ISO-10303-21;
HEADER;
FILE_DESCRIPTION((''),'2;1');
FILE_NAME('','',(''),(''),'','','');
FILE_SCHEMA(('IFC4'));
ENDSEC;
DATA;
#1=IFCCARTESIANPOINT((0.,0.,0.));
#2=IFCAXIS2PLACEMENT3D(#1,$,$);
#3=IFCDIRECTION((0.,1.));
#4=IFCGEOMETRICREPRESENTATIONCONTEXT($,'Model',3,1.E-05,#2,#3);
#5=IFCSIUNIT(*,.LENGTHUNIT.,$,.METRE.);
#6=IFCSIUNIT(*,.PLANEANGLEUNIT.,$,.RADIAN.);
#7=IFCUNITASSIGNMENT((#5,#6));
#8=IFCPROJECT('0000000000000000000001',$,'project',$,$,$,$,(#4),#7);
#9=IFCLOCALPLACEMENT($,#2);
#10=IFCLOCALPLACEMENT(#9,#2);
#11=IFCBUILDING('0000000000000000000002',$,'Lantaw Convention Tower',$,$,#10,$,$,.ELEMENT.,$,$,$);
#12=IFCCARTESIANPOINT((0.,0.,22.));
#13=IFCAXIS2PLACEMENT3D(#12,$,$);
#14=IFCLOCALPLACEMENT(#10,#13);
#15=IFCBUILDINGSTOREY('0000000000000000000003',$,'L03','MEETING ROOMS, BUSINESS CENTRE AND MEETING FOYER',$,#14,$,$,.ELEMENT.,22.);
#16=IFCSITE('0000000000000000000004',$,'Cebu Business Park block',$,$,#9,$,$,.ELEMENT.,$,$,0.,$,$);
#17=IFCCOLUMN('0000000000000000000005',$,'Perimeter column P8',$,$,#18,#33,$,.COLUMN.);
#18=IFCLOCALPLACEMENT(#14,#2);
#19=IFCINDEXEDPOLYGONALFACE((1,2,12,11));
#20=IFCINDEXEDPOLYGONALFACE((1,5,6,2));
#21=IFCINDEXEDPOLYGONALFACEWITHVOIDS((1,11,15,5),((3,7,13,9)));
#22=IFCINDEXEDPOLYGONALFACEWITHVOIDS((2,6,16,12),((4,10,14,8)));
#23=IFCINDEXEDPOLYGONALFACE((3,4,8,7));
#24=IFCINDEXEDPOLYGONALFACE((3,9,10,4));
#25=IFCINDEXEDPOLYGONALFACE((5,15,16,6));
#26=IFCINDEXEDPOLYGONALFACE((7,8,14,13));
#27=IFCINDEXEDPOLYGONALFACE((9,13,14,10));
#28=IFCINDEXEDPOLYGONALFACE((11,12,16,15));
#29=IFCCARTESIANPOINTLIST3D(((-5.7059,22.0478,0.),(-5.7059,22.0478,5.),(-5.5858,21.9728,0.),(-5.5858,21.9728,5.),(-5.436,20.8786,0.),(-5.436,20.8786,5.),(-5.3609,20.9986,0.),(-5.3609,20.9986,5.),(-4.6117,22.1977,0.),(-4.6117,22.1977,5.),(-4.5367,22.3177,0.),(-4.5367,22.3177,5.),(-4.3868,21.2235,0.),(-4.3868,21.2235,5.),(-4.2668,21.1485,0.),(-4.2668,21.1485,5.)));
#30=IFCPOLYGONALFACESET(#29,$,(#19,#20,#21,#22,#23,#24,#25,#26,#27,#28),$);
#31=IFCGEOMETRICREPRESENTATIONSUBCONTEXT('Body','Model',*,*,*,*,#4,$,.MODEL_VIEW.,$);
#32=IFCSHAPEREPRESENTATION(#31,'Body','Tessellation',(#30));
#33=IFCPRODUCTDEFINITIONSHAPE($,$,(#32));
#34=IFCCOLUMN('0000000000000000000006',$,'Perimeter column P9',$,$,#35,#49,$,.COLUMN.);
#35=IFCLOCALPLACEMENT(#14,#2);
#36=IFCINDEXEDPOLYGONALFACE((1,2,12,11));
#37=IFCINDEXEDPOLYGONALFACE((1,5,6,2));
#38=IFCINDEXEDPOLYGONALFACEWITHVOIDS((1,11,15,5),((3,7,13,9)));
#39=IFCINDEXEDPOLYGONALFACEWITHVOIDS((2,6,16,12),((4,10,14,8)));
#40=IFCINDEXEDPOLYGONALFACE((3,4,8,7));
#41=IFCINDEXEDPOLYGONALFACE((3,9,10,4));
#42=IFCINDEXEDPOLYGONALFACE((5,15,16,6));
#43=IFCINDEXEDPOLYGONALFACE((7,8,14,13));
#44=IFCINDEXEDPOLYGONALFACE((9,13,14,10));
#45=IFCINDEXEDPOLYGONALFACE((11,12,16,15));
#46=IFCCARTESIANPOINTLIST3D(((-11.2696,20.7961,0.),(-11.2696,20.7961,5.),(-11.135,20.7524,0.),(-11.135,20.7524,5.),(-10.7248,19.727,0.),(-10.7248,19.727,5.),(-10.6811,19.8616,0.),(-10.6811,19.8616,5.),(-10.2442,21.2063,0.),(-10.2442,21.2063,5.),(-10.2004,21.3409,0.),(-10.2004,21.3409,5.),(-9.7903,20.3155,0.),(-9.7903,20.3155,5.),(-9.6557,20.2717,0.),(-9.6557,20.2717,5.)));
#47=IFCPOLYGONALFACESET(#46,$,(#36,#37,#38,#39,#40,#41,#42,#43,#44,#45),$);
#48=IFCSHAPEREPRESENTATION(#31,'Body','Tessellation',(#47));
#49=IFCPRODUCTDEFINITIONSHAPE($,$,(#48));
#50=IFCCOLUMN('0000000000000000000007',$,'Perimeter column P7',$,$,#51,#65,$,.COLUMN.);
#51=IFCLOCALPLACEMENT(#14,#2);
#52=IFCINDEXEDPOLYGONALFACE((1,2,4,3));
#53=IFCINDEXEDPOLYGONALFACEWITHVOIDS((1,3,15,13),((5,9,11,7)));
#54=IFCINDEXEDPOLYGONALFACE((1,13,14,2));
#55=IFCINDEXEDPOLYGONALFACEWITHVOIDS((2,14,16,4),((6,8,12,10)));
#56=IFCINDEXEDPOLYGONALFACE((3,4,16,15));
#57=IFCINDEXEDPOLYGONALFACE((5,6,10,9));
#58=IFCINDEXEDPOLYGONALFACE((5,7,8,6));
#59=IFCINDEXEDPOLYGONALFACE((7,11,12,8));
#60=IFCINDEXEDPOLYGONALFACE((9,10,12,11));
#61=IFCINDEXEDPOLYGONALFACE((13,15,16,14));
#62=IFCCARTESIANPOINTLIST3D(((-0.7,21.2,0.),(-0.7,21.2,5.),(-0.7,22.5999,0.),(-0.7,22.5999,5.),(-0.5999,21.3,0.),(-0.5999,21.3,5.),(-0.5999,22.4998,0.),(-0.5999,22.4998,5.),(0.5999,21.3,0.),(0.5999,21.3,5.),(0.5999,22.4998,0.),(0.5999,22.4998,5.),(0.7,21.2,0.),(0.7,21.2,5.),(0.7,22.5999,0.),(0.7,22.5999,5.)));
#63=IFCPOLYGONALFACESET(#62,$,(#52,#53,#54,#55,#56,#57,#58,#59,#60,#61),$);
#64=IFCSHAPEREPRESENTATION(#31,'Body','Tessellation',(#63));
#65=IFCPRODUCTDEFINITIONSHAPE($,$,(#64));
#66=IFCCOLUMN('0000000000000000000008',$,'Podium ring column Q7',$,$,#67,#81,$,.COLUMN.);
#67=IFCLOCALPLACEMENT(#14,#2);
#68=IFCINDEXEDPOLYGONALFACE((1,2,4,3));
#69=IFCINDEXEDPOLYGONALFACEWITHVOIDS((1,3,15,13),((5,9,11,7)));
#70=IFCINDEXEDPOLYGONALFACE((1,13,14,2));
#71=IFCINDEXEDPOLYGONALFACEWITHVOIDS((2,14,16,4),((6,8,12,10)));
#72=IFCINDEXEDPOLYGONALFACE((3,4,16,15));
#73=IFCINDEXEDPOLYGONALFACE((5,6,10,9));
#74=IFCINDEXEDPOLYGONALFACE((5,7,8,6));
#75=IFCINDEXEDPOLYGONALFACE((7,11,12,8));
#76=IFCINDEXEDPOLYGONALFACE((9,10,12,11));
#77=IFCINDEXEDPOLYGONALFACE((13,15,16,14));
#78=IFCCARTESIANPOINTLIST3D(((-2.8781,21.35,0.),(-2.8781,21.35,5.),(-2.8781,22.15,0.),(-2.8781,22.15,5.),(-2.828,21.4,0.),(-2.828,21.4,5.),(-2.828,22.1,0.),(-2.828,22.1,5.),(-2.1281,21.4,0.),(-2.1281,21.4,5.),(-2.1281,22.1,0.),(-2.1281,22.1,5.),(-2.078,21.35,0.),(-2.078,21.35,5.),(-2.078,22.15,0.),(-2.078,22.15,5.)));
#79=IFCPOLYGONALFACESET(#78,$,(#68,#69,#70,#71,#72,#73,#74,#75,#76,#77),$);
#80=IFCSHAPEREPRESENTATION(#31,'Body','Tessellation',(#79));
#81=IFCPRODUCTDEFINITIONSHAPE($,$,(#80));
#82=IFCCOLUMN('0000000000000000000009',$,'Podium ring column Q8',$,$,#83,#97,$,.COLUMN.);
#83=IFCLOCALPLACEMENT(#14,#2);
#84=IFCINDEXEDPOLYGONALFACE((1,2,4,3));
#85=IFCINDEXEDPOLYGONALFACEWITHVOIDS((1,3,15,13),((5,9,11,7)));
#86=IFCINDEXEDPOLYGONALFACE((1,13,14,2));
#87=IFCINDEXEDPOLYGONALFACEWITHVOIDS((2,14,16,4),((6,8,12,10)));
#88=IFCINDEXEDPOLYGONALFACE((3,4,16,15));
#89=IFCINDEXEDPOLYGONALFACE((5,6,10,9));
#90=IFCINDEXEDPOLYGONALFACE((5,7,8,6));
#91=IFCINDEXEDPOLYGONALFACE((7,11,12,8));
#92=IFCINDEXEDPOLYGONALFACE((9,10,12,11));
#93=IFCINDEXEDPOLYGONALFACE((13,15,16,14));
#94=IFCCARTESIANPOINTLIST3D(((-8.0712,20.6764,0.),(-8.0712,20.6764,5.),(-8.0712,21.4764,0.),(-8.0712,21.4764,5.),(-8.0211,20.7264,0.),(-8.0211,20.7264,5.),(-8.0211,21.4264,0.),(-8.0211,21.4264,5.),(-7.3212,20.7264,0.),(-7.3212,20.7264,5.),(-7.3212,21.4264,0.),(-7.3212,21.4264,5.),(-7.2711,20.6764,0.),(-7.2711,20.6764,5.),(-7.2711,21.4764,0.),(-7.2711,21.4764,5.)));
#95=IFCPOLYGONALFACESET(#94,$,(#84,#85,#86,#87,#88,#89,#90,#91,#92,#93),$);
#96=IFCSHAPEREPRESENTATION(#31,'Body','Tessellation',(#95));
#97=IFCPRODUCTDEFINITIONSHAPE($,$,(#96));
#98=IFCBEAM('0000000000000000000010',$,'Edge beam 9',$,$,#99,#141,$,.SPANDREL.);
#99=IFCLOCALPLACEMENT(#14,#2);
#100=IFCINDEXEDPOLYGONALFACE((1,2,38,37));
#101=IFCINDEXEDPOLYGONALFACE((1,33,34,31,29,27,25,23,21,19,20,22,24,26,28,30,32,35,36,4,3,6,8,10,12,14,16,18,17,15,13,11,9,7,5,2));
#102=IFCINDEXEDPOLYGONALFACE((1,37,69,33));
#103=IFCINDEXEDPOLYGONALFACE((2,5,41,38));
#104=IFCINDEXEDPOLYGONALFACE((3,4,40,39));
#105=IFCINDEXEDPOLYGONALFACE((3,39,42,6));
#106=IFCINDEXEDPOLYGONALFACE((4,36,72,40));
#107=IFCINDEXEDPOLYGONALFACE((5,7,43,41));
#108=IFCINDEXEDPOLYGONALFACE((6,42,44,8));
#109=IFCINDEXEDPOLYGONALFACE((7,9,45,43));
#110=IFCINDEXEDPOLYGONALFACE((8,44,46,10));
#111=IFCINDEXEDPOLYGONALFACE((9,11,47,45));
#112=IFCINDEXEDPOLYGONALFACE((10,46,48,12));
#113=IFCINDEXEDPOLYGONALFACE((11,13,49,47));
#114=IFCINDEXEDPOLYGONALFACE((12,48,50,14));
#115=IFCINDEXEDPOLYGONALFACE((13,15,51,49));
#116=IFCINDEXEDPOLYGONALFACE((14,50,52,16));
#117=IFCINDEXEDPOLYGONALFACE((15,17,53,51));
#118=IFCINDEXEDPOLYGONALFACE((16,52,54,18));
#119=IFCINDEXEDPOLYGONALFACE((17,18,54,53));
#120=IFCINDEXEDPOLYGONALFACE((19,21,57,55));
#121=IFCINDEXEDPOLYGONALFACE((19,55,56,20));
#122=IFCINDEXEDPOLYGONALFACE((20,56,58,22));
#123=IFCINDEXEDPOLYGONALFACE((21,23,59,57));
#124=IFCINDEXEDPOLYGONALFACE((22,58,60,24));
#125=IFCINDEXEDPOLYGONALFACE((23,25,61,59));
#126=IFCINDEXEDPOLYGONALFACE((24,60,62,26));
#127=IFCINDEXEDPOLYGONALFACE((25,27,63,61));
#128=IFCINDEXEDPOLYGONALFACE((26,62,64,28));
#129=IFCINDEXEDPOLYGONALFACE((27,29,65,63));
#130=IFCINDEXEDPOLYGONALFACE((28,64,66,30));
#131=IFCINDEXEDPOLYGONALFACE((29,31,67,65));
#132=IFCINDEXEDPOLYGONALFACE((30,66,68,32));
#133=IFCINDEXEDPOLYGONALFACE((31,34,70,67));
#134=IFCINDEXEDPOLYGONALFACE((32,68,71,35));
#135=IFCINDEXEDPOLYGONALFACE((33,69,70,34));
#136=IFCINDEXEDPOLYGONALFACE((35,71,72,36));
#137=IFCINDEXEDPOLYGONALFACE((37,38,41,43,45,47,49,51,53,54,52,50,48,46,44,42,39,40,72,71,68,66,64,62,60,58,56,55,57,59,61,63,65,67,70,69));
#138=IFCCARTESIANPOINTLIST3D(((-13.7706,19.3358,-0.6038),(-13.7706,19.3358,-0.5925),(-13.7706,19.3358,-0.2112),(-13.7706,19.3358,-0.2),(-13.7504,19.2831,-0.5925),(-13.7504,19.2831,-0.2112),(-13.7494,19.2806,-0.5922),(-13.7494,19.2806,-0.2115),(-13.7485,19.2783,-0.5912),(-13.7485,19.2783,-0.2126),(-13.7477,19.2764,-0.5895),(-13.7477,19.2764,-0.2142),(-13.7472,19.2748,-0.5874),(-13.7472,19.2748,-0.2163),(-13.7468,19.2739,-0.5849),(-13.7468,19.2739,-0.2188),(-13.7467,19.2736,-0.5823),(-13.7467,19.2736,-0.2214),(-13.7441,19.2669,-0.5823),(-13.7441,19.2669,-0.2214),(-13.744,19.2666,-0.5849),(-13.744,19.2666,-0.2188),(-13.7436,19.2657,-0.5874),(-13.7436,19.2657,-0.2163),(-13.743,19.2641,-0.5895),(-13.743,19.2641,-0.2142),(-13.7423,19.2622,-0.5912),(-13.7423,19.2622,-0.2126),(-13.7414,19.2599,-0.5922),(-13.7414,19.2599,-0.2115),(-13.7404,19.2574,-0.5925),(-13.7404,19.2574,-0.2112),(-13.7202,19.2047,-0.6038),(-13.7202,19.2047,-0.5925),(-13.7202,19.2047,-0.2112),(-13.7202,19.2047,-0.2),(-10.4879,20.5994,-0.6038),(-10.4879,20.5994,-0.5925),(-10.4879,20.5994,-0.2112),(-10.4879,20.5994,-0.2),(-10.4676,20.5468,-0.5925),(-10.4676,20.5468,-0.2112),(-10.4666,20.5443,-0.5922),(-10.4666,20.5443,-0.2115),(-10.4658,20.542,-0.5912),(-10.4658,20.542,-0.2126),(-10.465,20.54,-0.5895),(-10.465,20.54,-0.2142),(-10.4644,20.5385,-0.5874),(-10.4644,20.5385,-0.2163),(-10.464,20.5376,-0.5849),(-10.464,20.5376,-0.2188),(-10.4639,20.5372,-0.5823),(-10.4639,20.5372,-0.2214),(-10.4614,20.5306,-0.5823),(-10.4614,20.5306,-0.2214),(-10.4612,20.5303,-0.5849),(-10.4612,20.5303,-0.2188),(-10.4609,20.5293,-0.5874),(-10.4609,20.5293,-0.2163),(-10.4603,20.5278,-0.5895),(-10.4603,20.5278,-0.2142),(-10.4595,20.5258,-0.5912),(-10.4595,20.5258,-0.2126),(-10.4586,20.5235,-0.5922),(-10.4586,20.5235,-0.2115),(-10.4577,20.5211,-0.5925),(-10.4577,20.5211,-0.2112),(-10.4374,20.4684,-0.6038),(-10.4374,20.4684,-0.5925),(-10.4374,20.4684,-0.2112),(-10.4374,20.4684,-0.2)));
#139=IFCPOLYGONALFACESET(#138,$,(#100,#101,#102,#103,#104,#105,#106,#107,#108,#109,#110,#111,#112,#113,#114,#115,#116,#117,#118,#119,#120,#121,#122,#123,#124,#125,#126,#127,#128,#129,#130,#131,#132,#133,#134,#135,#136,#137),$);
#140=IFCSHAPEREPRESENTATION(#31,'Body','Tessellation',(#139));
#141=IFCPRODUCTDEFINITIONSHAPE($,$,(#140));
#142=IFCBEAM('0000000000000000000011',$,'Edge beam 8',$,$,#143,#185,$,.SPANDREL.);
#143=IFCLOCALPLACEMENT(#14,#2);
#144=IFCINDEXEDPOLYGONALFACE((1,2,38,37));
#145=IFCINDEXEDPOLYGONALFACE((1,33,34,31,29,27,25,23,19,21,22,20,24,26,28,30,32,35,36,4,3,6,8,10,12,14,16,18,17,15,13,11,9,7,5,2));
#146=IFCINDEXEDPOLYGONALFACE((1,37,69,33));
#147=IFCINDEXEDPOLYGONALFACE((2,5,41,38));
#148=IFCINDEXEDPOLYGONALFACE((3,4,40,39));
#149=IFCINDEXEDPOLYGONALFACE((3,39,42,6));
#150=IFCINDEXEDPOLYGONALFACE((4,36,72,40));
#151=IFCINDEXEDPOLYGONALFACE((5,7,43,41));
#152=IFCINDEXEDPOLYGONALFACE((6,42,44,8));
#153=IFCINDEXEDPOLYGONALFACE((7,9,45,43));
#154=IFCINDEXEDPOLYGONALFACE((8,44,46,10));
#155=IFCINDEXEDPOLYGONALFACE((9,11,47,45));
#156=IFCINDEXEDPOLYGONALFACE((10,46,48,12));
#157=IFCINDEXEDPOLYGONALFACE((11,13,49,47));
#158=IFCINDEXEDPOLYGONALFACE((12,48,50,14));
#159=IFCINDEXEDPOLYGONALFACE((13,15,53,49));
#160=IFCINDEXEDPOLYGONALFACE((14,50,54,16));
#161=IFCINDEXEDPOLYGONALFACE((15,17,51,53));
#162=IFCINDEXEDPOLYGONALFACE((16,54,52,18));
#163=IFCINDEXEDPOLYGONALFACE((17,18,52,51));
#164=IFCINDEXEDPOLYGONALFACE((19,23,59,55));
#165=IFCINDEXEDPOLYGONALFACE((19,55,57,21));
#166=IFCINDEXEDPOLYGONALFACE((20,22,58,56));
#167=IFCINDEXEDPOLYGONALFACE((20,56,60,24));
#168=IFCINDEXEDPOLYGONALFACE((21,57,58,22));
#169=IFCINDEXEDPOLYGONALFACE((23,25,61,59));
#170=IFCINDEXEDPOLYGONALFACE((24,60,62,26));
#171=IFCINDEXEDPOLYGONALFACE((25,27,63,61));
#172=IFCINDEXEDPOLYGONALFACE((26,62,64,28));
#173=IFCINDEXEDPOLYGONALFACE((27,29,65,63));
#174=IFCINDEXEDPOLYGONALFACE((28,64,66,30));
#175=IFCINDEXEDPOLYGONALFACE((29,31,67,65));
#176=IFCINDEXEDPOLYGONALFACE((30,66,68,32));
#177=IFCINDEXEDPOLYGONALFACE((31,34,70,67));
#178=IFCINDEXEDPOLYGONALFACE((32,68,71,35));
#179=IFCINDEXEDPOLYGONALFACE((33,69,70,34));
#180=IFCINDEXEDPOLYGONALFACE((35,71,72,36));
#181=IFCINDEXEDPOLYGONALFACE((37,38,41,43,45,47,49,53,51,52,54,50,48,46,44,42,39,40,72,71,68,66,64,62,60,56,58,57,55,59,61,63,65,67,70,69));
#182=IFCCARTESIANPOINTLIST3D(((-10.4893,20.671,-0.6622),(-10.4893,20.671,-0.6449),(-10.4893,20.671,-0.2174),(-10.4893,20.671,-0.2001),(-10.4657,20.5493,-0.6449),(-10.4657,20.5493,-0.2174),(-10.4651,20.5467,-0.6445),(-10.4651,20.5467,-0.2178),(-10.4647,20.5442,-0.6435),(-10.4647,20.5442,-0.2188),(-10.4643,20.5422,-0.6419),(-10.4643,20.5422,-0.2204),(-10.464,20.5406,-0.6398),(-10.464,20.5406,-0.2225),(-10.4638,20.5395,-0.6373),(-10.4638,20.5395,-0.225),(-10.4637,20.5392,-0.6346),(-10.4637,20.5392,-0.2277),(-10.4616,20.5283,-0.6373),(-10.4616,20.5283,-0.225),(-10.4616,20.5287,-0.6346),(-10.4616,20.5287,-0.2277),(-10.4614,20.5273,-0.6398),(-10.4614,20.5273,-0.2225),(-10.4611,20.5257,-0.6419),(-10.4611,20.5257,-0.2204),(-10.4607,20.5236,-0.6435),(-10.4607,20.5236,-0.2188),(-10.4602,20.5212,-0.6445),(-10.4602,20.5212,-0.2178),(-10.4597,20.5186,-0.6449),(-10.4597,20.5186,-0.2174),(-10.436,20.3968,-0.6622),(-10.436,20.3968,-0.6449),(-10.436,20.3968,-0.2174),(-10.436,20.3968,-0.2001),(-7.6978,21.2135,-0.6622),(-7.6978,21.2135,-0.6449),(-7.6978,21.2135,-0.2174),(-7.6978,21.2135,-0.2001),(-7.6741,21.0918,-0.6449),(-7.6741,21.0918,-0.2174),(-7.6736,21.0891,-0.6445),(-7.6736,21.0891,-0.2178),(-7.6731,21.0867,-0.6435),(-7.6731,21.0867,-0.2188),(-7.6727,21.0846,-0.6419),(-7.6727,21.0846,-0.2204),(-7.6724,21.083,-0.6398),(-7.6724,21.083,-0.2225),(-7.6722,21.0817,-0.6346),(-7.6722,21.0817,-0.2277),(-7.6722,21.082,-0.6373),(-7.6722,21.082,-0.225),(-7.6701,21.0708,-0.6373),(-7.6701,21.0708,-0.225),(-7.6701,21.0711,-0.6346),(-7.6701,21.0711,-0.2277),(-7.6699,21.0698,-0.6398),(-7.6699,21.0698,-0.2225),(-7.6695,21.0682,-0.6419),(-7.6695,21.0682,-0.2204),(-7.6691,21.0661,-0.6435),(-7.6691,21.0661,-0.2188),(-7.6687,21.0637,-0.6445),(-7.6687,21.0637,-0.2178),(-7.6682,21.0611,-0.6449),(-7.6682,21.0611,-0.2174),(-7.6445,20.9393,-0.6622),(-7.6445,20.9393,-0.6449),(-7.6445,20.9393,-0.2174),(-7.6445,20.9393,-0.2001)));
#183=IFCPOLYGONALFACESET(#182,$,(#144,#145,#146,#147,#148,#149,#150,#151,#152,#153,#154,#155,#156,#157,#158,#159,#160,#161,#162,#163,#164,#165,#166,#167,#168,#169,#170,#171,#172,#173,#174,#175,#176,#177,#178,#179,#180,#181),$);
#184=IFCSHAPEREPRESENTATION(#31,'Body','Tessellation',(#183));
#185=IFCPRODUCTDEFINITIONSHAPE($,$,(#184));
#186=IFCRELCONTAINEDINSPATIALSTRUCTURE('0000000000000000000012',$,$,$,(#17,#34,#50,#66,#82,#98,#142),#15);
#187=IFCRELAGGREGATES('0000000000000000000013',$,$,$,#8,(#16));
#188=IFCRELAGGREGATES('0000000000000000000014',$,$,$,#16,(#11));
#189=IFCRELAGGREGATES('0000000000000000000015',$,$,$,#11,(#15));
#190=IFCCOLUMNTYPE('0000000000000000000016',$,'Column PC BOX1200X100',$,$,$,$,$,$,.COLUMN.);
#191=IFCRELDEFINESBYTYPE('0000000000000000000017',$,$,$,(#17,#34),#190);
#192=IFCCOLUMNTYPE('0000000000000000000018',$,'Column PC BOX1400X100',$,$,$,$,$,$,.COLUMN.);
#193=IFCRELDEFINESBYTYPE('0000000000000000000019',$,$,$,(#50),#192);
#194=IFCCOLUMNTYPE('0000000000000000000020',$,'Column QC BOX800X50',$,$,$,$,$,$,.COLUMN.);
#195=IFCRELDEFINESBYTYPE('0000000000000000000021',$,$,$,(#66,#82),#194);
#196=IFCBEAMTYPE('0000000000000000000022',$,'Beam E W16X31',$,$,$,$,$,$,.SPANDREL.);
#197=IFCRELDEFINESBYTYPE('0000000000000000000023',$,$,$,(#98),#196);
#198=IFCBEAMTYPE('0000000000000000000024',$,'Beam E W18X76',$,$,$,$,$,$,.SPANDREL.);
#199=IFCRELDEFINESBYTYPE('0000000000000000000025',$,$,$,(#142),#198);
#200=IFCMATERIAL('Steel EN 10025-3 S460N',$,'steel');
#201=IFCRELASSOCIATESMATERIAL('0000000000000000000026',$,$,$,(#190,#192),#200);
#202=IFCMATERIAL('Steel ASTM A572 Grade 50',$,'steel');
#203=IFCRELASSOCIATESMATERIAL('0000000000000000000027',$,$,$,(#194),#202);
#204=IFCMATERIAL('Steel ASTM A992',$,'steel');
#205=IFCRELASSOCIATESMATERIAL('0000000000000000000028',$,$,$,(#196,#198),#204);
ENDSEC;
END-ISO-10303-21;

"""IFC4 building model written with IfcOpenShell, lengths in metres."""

from ifc_helpers import new_model, si_unit, direction, frame, origin, origin_2d, place, context, subcontext, project, spatial, rectangle, hollow_rectangle, i_section, extrude, material, material_profile, profile_set, type_object, element, save


model = new_model("IFC4")

# Units and contexts
model_context = context("Model", 3, precision=1e-05, world=origin(), true_north=direction((0.0, 1.0)))
body_context = subcontext(model_context, "Body", "Model", "MODEL_VIEW")
ifc_project = project(units=[si_unit("LENGTHUNIT", "METRE"), si_unit("PLANEANGLEUNIT", "RADIAN")], contexts=[model_context])

# Site, building, storey
site_placement = place(None, origin())
site = spatial("IfcSite", under=ifc_project, at=site_placement, Name="Cebu Business Park block", CompositionType="ELEMENT", RefElevation=0.0)
building_placement = place(site_placement, origin())
building = spatial("IfcBuilding", under=site, at=building_placement, Name="Lantaw Convention Tower", CompositionType="ELEMENT")
storey_placement = place(building_placement, frame((0.0, 0.0, 22.0)))
storey = spatial("IfcBuildingStorey", under=building, at=storey_placement, Name="L03", Description="MEETING ROOMS, BUSINESS CENTRE AND MEETING FOYER", CompositionType="ELEMENT", Elevation=22.0)

# Columns
ifc_material_1 = material(Name="Steel EN 10025-3 S460N", Category="steel")
ifc_material_profile_1 = material_profile(ifc_material_1, hollow_rectangle(XDim=1.2, YDim=1.2, WallThickness=0.1001, at=origin_2d()), Name="BOX1200X100")
ifc_material_2 = material(Name="Concrete C60/75", Category="concrete")
ifc_material_profile_2 = material_profile(ifc_material_2, rectangle(XDim=1.0, YDim=1.0, at=origin_2d()), Name="Concrete fill of BOX1200X100")
ifc_profile_set_1 = profile_set([ifc_material_profile_1, ifc_material_profile_2], Name="Steel EN 10025-3 S460N")
column_type_1 = type_object("IfcColumnType", Name="Column PC BOX1200X100", PredefinedType="COLUMN", material=ifc_profile_set_1)
for number, where, z_axis, x_axis, name in (
    (1, (-4.9863, 21.5981, 0.0), (0.0, 0.0, 1.0), (0.97437, 0.224951, 0.0), "Perimeter column P8"),
    (2, (-10.4626, 20.5339, 0.0), (0.0, 0.0, 1.0), (0.891007, 0.45399, 0.0), "Perimeter column P9"),
):
    element("IfcColumn", number, at=place(storey_placement, frame(where, z_axis=z_axis, x_axis=x_axis)), inside=storey, type_object=column_type_1, Name=name, PredefinedType="COLUMN", context=body_context, shape_type="SweptSolid", body=[
        extrude(hollow_rectangle(XDim=1.2, YDim=1.2, WallThickness=0.1001, at=origin_2d()), origin(), (0.0, 0.0, 1.0), 5.0),
    ])
ifc_material_profile_3 = material_profile(ifc_material_1, hollow_rectangle(XDim=1.3999, YDim=1.3999, WallThickness=0.1001, at=origin_2d()), Name="BOX1400X100")
ifc_material_profile_4 = material_profile(ifc_material_2, rectangle(XDim=1.2, YDim=1.2, at=origin_2d()), Name="Concrete fill of BOX1400X100")
ifc_profile_set_2 = profile_set([ifc_material_profile_3, ifc_material_profile_4], Name="Steel EN 10025-3 S460N")
column_type_2 = type_object("IfcColumnType", Name="Column PC BOX1400X100", PredefinedType="COLUMN", material=ifc_profile_set_2)
column_placement = place(storey_placement, frame((0.0, 21.8999, 0.0), z_axis=(0.0, 0.0, 1.0), x_axis=(1.0, 0.0, 0.0)))
element("IfcColumn", 3, at=column_placement, inside=storey, type_object=column_type_2, Name="Perimeter column P7", PredefinedType="COLUMN", context=body_context, shape_type="SweptSolid", body=[
    extrude(hollow_rectangle(XDim=1.3999, YDim=1.3999, WallThickness=0.1001, at=origin_2d()), origin(), (0.0, 0.0, 1.0), 5.0),
])
ifc_material_3 = material(Name="Steel ASTM A572 Grade 50", Category="steel")
ifc_material_profile_5 = material_profile(ifc_material_3, hollow_rectangle(XDim=0.8, YDim=0.8, WallThickness=0.05, at=origin_2d()), Name="BOX800X50")
ifc_profile_set_3 = profile_set([ifc_material_profile_5], Name="Steel ASTM A572 Grade 50")
column_type_3 = type_object("IfcColumnType", Name="Column QC BOX800X50", PredefinedType="COLUMN", material=ifc_profile_set_3)
for number, where, z_axis, x_axis, name in (
    (4, (-2.478, 21.75, 0.0), (0.0, 0.0, 1.0), (1.0, 0.0, 0.0), "Podium ring column Q7"),
    (5, (-7.6711, 21.0764, 0.0), (0.0, 0.0, 1.0), (1.0, 0.0, 0.0), "Podium ring column Q8"),
):
    element("IfcColumn", number, at=place(storey_placement, frame(where, z_axis=z_axis, x_axis=x_axis)), inside=storey, type_object=column_type_3, Name=name, PredefinedType="COLUMN", context=body_context, shape_type="SweptSolid", body=[
        extrude(hollow_rectangle(XDim=0.8, YDim=0.8, WallThickness=0.05, at=origin_2d()), origin(), (0.0, 0.0, 1.0), 5.0),
    ])

# Beams
ifc_material_4 = material(Name="Steel ASTM A992", Category="steel")
ifc_material_profile_6 = material_profile(ifc_material_4, i_section(OverallWidth=0.1404, OverallDepth=0.4038, WebThickness=0.0071, FlangeThickness=0.0112, FilletRadius=0.0103, at=origin_2d()), Name="W16X31")
ifc_profile_set_4 = profile_set([ifc_material_profile_6], Name="Steel ASTM A992")
beam_type_1 = type_object("IfcBeamType", Name="Beam E W16X31", PredefinedType="SPANDREL", material=ifc_profile_set_4)
beam_1_placement = place(storey_placement, frame((-10.4626, 20.5339, -0.4019), z_axis=(-0.933242, -0.359249, 0.0), x_axis=(0.359249, -0.933242, 0.0)))
element("IfcBeam", 6, at=beam_1_placement, inside=storey, type_object=beam_type_1, Name="Edge beam 9", PredefinedType="SPANDREL", context=body_context, shape_type="SweptSolid", body=[
    extrude(i_section(OverallWidth=0.1404, OverallDepth=0.4038, WebThickness=0.0071, FlangeThickness=0.0112, FilletRadius=0.0103, at=origin_2d()), origin(), (0.0, 0.0, 1.0), 3.5176),
])
ifc_material_profile_7 = material_profile(ifc_material_4, i_section(OverallWidth=0.2793, OverallDepth=0.4622, WebThickness=0.0107, FlangeThickness=0.0173, FilletRadius=0.0103, at=origin_2d()), Name="W18X76")
ifc_profile_set_5 = profile_set([ifc_material_profile_7], Name="Steel ASTM A992")
beam_type_2 = type_object("IfcBeamType", Name="Beam E W18X76", PredefinedType="SPANDREL", material=ifc_profile_set_5)
beam_2_placement = place(storey_placement, frame((-7.6711, 21.0764, -0.4312), z_axis=(-0.981636, -0.190764, 0.0), x_axis=(0.190764, -0.981636, 0.0)))
element("IfcBeam", 7, at=beam_2_placement, inside=storey, type_object=beam_type_2, Name="Edge beam 8", PredefinedType="SPANDREL", context=body_context, shape_type="SweptSolid", body=[
    extrude(i_section(OverallWidth=0.2793, OverallDepth=0.4622, WebThickness=0.0107, FlangeThickness=0.0173, FilletRadius=0.0103, at=origin_2d()), origin(), (0.0, 0.0, 1.0), 2.8438),
])

save(model, "model.ifc")
